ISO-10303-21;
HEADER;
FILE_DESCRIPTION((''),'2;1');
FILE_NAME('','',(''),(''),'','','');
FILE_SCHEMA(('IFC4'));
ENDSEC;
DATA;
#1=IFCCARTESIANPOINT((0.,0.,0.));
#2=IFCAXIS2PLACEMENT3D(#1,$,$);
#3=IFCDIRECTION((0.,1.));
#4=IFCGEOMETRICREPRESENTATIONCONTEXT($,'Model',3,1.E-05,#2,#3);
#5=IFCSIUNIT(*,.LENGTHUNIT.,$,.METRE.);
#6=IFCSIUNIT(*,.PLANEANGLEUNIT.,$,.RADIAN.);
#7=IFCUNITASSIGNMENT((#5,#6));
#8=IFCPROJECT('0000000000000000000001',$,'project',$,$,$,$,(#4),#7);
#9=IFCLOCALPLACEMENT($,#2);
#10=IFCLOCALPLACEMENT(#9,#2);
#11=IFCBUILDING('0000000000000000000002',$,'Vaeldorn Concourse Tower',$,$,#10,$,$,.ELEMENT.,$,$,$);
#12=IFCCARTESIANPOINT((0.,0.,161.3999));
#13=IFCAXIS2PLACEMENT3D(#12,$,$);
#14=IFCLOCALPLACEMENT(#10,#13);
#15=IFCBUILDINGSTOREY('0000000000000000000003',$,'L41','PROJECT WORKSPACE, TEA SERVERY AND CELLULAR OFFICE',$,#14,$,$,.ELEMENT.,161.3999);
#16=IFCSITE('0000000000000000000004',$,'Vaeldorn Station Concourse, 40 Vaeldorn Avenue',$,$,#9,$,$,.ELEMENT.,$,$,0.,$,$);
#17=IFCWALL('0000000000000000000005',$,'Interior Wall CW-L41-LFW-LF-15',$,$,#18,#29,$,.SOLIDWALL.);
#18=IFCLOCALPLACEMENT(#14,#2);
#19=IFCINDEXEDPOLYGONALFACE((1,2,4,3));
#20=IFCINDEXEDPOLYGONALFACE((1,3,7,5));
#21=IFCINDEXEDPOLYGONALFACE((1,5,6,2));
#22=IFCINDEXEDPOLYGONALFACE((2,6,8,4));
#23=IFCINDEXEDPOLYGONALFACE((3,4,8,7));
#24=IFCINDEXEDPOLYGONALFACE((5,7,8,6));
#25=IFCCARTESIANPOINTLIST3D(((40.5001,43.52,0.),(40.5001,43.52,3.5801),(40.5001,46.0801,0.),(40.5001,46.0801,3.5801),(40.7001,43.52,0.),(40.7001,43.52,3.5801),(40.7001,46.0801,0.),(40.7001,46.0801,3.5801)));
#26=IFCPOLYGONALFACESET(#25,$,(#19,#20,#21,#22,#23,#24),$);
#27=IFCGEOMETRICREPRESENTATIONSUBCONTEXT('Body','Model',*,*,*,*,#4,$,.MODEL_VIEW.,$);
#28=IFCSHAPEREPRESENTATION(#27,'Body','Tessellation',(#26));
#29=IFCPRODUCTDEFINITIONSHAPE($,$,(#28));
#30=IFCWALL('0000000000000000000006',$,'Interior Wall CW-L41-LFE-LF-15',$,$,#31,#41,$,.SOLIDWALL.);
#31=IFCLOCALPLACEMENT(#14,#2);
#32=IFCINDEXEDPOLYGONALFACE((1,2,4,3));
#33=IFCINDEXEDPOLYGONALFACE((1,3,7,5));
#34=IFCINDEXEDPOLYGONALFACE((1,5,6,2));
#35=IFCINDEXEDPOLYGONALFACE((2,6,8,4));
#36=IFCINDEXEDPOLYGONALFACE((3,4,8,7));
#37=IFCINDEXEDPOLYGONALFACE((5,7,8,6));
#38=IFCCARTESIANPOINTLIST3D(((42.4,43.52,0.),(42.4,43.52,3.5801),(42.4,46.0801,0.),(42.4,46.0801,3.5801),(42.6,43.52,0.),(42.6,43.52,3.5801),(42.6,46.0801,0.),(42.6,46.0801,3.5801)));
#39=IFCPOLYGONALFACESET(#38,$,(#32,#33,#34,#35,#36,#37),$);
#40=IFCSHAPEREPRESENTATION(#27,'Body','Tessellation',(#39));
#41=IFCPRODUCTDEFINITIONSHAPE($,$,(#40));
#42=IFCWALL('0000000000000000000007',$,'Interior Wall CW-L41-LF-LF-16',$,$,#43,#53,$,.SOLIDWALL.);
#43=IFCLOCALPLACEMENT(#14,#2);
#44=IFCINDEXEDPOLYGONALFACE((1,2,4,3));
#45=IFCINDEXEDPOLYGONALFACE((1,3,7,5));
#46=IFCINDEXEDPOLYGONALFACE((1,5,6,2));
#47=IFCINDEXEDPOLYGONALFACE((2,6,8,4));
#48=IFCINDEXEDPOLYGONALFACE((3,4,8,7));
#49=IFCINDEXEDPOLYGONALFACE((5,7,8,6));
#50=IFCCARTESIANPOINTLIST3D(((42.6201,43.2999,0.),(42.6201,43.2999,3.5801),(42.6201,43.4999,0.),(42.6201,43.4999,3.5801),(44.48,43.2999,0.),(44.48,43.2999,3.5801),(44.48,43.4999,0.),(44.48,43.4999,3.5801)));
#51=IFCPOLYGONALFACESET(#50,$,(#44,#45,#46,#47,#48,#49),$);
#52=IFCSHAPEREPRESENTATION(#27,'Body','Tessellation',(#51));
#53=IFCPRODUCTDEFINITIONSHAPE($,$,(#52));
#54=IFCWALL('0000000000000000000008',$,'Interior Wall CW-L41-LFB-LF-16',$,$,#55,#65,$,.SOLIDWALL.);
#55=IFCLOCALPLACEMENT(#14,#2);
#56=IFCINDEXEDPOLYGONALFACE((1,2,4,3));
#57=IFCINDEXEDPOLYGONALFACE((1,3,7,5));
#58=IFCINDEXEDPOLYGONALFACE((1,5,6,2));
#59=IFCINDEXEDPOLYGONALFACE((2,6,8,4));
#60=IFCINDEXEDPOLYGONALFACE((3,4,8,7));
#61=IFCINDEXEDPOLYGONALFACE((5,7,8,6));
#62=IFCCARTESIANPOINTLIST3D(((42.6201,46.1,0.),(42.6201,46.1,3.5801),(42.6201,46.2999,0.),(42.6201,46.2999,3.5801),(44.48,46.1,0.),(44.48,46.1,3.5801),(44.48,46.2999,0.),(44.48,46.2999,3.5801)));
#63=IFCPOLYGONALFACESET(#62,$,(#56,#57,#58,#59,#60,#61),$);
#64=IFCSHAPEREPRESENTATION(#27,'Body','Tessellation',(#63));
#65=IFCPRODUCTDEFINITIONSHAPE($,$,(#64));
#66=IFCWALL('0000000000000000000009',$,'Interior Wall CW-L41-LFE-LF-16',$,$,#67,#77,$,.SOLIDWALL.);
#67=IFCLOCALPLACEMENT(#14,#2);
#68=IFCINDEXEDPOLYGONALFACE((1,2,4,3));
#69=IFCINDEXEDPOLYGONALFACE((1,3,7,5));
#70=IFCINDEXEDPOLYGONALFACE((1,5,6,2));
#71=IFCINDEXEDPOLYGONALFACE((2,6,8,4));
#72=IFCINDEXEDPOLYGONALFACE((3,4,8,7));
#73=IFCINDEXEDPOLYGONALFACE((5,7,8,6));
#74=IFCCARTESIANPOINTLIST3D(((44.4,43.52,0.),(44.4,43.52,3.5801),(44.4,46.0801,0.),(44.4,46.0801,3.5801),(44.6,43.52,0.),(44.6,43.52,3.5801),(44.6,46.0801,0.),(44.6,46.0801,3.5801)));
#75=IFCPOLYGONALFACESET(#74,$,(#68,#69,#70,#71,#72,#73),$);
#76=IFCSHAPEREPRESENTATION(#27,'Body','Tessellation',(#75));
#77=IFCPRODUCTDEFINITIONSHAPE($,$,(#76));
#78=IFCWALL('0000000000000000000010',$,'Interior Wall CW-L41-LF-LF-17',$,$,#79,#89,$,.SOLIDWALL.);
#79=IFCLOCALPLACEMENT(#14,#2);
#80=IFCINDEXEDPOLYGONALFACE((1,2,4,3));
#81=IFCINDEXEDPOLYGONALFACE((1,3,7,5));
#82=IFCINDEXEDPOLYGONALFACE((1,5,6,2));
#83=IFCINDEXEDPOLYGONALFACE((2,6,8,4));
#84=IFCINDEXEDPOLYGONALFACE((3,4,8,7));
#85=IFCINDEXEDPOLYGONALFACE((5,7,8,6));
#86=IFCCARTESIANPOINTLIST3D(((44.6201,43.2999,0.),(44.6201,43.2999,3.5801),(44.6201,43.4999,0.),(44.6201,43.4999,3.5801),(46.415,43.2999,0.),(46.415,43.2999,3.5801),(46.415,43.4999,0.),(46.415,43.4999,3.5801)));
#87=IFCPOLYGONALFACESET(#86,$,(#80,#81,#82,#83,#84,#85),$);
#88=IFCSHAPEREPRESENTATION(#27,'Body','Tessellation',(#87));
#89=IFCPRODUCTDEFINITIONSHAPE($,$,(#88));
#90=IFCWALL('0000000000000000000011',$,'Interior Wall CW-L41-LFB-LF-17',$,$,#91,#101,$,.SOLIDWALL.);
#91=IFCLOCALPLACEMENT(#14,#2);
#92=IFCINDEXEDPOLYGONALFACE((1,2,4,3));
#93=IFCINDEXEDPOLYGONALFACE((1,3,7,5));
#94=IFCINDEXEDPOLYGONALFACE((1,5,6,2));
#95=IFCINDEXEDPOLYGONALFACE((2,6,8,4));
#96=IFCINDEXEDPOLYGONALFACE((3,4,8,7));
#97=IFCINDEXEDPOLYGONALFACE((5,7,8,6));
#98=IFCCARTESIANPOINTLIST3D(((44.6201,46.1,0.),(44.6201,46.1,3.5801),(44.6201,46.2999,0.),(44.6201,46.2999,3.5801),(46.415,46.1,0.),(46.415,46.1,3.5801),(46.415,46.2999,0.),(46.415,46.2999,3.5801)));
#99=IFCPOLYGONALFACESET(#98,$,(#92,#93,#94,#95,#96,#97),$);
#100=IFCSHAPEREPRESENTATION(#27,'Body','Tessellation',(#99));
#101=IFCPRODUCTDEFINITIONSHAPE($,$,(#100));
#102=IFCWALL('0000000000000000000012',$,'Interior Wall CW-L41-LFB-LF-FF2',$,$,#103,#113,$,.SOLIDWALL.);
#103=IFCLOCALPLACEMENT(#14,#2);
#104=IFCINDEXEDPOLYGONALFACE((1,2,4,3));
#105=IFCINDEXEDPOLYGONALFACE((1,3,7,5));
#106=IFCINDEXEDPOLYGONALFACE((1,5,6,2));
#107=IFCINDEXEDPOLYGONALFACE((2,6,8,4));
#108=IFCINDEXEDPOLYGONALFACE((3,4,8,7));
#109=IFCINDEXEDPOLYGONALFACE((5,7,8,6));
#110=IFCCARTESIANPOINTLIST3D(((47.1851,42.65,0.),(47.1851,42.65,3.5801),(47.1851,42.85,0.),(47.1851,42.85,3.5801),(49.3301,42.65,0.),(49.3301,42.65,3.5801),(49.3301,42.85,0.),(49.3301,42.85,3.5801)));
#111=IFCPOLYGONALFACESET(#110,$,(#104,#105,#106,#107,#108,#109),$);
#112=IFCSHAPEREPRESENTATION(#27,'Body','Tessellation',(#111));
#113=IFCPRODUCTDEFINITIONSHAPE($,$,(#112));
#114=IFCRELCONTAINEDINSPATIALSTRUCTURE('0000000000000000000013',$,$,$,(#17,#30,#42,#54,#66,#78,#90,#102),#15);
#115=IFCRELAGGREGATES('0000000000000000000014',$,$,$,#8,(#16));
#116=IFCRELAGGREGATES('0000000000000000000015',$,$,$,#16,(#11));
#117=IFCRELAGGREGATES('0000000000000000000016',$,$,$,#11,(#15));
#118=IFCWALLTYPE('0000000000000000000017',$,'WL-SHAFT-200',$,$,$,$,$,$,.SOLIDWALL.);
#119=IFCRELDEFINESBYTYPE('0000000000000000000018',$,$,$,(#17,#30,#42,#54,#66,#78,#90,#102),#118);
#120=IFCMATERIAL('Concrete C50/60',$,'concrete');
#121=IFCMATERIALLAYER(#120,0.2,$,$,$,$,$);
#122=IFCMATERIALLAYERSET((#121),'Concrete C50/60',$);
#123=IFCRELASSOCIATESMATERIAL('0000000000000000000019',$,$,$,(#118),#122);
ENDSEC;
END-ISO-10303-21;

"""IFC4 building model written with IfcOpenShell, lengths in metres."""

from ifc_helpers import new_model, si_unit, direction, frame, frame_2d, origin, place, context, subcontext, project, spatial, rectangle, extrude, material, layer, layer_set, type_object, element, save


model = new_model("IFC4")

# Units and contexts
model_context = context("Model", 3, precision=1e-05, world=origin(), true_north=direction((0.0, 1.0)))
body_context = subcontext(model_context, "Body", "Model", "MODEL_VIEW")
ifc_project = project(units=[si_unit("LENGTHUNIT", "METRE"), si_unit("PLANEANGLEUNIT", "RADIAN")], contexts=[model_context])

# Site, building, storey
site_placement = place(None, origin())
site = spatial("IfcSite", under=ifc_project, at=site_placement, Name="Vaeldorn Station Concourse, 40 Vaeldorn Avenue", CompositionType="ELEMENT", RefElevation=0.0)
building_placement = place(site_placement, origin())
building = spatial("IfcBuilding", under=site, at=building_placement, Name="Vaeldorn Concourse Tower", CompositionType="ELEMENT")
storey_placement = place(building_placement, frame((0.0, 0.0, 161.3999)))
storey = spatial("IfcBuildingStorey", under=building, at=storey_placement, Name="L41", Description="PROJECT WORKSPACE, TEA SERVERY AND CELLULAR OFFICE", CompositionType="ELEMENT", Elevation=161.3999)

# Shared definitions
ifc_material_1 = material(Name="Concrete C50/60", Category="concrete")
ifc_layer_1 = layer(ifc_material_1, 0.2)
ifc_layer_set_1 = layer_set([ifc_layer_1], Name="Concrete C50/60")
wall_type_1 = type_object("IfcWallType", Name="WL-SHAFT-200", PredefinedType="SOLIDWALL", material=ifc_layer_set_1)

# Walls
for number, where, z_axis, x_axis, name in (
    (1, (40.6001, 43.52, 0.0), (0.0, 0.0, 1.0), (0.0, 1.0, 0.0), "Interior Wall CW-L41-LFW-LF-15"),
    (2, (42.5, 43.52, 0.0), (0.0, 0.0, 1.0), (0.0, 1.0, 0.0), "Interior Wall CW-L41-LFE-LF-15"),
):
    element("IfcWall", number, at=place(storey_placement, frame(where, z_axis=z_axis, x_axis=x_axis)), inside=storey, type_object=wall_type_1, Name=name, PredefinedType="SOLIDWALL", context=body_context, shape_type="SweptSolid", body=[
        extrude(rectangle(XDim=2.5601, YDim=0.2, at=frame_2d((1.28, 0.0))), origin(), (0.0, 0.0, 1.0), 3.5801),
    ])
for number, where, z_axis, x_axis, name in (
    (3, (42.6201, 43.3999, 0.0), (0.0, 0.0, 1.0), (1.0, 0.0, 0.0), "Interior Wall CW-L41-LF-LF-16"),
    (4, (42.6201, 46.2, 0.0), (0.0, 0.0, 1.0), (1.0, 0.0, 0.0), "Interior Wall CW-L41-LFB-LF-16"),
):
    element("IfcWall", number, at=place(storey_placement, frame(where, z_axis=z_axis, x_axis=x_axis)), inside=storey, type_object=wall_type_1, Name=name, PredefinedType="SOLIDWALL", context=body_context, shape_type="SweptSolid", body=[
        extrude(rectangle(XDim=1.8599, YDim=0.2, at=frame_2d((0.9299, 0.0))), origin(), (0.0, 0.0, 1.0), 3.5801),
    ])
wall_1_placement = place(storey_placement, frame((44.5, 43.52, 0.0), z_axis=(0.0, 0.0, 1.0), x_axis=(0.0, 1.0, 0.0)))
element("IfcWall", 5, at=wall_1_placement, inside=storey, type_object=wall_type_1, Name="Interior Wall CW-L41-LFE-LF-16", PredefinedType="SOLIDWALL", context=body_context, shape_type="SweptSolid", body=[
    extrude(rectangle(XDim=2.5601, YDim=0.2, at=frame_2d((1.28, 0.0))), origin(), (0.0, 0.0, 1.0), 3.5801),
])
for number, where, z_axis, x_axis, name in (
    (6, (44.6201, 43.3999, 0.0), (0.0, 0.0, 1.0), (1.0, 0.0, 0.0), "Interior Wall CW-L41-LF-LF-17"),
    (7, (44.6201, 46.2, 0.0), (0.0, 0.0, 1.0), (1.0, 0.0, 0.0), "Interior Wall CW-L41-LFB-LF-17"),
):
    element("IfcWall", number, at=place(storey_placement, frame(where, z_axis=z_axis, x_axis=x_axis)), inside=storey, type_object=wall_type_1, Name=name, PredefinedType="SOLIDWALL", context=body_context, shape_type="SweptSolid", body=[
        extrude(rectangle(XDim=1.7949, YDim=0.2, at=frame_2d((0.8975, 0.0))), origin(), (0.0, 0.0, 1.0), 3.5801),
    ])

# Wall
wall_2_placement = place(storey_placement, frame((47.1851, 42.75, 0.0), z_axis=(0.0, 0.0, 1.0), x_axis=(1.0, 0.0, 0.0)))
element("IfcWall", 8, at=wall_2_placement, inside=storey, type_object=wall_type_1, Name="Interior Wall CW-L41-LFB-LF-FF2", PredefinedType="SOLIDWALL", context=body_context, shape_type="SweptSolid", body=[
    extrude(rectangle(XDim=2.145, YDim=0.2, at=frame_2d((1.0725, 0.0))), origin(), (0.0, 0.0, 1.0), 3.5801),
])

save(model, "model.ifc")
